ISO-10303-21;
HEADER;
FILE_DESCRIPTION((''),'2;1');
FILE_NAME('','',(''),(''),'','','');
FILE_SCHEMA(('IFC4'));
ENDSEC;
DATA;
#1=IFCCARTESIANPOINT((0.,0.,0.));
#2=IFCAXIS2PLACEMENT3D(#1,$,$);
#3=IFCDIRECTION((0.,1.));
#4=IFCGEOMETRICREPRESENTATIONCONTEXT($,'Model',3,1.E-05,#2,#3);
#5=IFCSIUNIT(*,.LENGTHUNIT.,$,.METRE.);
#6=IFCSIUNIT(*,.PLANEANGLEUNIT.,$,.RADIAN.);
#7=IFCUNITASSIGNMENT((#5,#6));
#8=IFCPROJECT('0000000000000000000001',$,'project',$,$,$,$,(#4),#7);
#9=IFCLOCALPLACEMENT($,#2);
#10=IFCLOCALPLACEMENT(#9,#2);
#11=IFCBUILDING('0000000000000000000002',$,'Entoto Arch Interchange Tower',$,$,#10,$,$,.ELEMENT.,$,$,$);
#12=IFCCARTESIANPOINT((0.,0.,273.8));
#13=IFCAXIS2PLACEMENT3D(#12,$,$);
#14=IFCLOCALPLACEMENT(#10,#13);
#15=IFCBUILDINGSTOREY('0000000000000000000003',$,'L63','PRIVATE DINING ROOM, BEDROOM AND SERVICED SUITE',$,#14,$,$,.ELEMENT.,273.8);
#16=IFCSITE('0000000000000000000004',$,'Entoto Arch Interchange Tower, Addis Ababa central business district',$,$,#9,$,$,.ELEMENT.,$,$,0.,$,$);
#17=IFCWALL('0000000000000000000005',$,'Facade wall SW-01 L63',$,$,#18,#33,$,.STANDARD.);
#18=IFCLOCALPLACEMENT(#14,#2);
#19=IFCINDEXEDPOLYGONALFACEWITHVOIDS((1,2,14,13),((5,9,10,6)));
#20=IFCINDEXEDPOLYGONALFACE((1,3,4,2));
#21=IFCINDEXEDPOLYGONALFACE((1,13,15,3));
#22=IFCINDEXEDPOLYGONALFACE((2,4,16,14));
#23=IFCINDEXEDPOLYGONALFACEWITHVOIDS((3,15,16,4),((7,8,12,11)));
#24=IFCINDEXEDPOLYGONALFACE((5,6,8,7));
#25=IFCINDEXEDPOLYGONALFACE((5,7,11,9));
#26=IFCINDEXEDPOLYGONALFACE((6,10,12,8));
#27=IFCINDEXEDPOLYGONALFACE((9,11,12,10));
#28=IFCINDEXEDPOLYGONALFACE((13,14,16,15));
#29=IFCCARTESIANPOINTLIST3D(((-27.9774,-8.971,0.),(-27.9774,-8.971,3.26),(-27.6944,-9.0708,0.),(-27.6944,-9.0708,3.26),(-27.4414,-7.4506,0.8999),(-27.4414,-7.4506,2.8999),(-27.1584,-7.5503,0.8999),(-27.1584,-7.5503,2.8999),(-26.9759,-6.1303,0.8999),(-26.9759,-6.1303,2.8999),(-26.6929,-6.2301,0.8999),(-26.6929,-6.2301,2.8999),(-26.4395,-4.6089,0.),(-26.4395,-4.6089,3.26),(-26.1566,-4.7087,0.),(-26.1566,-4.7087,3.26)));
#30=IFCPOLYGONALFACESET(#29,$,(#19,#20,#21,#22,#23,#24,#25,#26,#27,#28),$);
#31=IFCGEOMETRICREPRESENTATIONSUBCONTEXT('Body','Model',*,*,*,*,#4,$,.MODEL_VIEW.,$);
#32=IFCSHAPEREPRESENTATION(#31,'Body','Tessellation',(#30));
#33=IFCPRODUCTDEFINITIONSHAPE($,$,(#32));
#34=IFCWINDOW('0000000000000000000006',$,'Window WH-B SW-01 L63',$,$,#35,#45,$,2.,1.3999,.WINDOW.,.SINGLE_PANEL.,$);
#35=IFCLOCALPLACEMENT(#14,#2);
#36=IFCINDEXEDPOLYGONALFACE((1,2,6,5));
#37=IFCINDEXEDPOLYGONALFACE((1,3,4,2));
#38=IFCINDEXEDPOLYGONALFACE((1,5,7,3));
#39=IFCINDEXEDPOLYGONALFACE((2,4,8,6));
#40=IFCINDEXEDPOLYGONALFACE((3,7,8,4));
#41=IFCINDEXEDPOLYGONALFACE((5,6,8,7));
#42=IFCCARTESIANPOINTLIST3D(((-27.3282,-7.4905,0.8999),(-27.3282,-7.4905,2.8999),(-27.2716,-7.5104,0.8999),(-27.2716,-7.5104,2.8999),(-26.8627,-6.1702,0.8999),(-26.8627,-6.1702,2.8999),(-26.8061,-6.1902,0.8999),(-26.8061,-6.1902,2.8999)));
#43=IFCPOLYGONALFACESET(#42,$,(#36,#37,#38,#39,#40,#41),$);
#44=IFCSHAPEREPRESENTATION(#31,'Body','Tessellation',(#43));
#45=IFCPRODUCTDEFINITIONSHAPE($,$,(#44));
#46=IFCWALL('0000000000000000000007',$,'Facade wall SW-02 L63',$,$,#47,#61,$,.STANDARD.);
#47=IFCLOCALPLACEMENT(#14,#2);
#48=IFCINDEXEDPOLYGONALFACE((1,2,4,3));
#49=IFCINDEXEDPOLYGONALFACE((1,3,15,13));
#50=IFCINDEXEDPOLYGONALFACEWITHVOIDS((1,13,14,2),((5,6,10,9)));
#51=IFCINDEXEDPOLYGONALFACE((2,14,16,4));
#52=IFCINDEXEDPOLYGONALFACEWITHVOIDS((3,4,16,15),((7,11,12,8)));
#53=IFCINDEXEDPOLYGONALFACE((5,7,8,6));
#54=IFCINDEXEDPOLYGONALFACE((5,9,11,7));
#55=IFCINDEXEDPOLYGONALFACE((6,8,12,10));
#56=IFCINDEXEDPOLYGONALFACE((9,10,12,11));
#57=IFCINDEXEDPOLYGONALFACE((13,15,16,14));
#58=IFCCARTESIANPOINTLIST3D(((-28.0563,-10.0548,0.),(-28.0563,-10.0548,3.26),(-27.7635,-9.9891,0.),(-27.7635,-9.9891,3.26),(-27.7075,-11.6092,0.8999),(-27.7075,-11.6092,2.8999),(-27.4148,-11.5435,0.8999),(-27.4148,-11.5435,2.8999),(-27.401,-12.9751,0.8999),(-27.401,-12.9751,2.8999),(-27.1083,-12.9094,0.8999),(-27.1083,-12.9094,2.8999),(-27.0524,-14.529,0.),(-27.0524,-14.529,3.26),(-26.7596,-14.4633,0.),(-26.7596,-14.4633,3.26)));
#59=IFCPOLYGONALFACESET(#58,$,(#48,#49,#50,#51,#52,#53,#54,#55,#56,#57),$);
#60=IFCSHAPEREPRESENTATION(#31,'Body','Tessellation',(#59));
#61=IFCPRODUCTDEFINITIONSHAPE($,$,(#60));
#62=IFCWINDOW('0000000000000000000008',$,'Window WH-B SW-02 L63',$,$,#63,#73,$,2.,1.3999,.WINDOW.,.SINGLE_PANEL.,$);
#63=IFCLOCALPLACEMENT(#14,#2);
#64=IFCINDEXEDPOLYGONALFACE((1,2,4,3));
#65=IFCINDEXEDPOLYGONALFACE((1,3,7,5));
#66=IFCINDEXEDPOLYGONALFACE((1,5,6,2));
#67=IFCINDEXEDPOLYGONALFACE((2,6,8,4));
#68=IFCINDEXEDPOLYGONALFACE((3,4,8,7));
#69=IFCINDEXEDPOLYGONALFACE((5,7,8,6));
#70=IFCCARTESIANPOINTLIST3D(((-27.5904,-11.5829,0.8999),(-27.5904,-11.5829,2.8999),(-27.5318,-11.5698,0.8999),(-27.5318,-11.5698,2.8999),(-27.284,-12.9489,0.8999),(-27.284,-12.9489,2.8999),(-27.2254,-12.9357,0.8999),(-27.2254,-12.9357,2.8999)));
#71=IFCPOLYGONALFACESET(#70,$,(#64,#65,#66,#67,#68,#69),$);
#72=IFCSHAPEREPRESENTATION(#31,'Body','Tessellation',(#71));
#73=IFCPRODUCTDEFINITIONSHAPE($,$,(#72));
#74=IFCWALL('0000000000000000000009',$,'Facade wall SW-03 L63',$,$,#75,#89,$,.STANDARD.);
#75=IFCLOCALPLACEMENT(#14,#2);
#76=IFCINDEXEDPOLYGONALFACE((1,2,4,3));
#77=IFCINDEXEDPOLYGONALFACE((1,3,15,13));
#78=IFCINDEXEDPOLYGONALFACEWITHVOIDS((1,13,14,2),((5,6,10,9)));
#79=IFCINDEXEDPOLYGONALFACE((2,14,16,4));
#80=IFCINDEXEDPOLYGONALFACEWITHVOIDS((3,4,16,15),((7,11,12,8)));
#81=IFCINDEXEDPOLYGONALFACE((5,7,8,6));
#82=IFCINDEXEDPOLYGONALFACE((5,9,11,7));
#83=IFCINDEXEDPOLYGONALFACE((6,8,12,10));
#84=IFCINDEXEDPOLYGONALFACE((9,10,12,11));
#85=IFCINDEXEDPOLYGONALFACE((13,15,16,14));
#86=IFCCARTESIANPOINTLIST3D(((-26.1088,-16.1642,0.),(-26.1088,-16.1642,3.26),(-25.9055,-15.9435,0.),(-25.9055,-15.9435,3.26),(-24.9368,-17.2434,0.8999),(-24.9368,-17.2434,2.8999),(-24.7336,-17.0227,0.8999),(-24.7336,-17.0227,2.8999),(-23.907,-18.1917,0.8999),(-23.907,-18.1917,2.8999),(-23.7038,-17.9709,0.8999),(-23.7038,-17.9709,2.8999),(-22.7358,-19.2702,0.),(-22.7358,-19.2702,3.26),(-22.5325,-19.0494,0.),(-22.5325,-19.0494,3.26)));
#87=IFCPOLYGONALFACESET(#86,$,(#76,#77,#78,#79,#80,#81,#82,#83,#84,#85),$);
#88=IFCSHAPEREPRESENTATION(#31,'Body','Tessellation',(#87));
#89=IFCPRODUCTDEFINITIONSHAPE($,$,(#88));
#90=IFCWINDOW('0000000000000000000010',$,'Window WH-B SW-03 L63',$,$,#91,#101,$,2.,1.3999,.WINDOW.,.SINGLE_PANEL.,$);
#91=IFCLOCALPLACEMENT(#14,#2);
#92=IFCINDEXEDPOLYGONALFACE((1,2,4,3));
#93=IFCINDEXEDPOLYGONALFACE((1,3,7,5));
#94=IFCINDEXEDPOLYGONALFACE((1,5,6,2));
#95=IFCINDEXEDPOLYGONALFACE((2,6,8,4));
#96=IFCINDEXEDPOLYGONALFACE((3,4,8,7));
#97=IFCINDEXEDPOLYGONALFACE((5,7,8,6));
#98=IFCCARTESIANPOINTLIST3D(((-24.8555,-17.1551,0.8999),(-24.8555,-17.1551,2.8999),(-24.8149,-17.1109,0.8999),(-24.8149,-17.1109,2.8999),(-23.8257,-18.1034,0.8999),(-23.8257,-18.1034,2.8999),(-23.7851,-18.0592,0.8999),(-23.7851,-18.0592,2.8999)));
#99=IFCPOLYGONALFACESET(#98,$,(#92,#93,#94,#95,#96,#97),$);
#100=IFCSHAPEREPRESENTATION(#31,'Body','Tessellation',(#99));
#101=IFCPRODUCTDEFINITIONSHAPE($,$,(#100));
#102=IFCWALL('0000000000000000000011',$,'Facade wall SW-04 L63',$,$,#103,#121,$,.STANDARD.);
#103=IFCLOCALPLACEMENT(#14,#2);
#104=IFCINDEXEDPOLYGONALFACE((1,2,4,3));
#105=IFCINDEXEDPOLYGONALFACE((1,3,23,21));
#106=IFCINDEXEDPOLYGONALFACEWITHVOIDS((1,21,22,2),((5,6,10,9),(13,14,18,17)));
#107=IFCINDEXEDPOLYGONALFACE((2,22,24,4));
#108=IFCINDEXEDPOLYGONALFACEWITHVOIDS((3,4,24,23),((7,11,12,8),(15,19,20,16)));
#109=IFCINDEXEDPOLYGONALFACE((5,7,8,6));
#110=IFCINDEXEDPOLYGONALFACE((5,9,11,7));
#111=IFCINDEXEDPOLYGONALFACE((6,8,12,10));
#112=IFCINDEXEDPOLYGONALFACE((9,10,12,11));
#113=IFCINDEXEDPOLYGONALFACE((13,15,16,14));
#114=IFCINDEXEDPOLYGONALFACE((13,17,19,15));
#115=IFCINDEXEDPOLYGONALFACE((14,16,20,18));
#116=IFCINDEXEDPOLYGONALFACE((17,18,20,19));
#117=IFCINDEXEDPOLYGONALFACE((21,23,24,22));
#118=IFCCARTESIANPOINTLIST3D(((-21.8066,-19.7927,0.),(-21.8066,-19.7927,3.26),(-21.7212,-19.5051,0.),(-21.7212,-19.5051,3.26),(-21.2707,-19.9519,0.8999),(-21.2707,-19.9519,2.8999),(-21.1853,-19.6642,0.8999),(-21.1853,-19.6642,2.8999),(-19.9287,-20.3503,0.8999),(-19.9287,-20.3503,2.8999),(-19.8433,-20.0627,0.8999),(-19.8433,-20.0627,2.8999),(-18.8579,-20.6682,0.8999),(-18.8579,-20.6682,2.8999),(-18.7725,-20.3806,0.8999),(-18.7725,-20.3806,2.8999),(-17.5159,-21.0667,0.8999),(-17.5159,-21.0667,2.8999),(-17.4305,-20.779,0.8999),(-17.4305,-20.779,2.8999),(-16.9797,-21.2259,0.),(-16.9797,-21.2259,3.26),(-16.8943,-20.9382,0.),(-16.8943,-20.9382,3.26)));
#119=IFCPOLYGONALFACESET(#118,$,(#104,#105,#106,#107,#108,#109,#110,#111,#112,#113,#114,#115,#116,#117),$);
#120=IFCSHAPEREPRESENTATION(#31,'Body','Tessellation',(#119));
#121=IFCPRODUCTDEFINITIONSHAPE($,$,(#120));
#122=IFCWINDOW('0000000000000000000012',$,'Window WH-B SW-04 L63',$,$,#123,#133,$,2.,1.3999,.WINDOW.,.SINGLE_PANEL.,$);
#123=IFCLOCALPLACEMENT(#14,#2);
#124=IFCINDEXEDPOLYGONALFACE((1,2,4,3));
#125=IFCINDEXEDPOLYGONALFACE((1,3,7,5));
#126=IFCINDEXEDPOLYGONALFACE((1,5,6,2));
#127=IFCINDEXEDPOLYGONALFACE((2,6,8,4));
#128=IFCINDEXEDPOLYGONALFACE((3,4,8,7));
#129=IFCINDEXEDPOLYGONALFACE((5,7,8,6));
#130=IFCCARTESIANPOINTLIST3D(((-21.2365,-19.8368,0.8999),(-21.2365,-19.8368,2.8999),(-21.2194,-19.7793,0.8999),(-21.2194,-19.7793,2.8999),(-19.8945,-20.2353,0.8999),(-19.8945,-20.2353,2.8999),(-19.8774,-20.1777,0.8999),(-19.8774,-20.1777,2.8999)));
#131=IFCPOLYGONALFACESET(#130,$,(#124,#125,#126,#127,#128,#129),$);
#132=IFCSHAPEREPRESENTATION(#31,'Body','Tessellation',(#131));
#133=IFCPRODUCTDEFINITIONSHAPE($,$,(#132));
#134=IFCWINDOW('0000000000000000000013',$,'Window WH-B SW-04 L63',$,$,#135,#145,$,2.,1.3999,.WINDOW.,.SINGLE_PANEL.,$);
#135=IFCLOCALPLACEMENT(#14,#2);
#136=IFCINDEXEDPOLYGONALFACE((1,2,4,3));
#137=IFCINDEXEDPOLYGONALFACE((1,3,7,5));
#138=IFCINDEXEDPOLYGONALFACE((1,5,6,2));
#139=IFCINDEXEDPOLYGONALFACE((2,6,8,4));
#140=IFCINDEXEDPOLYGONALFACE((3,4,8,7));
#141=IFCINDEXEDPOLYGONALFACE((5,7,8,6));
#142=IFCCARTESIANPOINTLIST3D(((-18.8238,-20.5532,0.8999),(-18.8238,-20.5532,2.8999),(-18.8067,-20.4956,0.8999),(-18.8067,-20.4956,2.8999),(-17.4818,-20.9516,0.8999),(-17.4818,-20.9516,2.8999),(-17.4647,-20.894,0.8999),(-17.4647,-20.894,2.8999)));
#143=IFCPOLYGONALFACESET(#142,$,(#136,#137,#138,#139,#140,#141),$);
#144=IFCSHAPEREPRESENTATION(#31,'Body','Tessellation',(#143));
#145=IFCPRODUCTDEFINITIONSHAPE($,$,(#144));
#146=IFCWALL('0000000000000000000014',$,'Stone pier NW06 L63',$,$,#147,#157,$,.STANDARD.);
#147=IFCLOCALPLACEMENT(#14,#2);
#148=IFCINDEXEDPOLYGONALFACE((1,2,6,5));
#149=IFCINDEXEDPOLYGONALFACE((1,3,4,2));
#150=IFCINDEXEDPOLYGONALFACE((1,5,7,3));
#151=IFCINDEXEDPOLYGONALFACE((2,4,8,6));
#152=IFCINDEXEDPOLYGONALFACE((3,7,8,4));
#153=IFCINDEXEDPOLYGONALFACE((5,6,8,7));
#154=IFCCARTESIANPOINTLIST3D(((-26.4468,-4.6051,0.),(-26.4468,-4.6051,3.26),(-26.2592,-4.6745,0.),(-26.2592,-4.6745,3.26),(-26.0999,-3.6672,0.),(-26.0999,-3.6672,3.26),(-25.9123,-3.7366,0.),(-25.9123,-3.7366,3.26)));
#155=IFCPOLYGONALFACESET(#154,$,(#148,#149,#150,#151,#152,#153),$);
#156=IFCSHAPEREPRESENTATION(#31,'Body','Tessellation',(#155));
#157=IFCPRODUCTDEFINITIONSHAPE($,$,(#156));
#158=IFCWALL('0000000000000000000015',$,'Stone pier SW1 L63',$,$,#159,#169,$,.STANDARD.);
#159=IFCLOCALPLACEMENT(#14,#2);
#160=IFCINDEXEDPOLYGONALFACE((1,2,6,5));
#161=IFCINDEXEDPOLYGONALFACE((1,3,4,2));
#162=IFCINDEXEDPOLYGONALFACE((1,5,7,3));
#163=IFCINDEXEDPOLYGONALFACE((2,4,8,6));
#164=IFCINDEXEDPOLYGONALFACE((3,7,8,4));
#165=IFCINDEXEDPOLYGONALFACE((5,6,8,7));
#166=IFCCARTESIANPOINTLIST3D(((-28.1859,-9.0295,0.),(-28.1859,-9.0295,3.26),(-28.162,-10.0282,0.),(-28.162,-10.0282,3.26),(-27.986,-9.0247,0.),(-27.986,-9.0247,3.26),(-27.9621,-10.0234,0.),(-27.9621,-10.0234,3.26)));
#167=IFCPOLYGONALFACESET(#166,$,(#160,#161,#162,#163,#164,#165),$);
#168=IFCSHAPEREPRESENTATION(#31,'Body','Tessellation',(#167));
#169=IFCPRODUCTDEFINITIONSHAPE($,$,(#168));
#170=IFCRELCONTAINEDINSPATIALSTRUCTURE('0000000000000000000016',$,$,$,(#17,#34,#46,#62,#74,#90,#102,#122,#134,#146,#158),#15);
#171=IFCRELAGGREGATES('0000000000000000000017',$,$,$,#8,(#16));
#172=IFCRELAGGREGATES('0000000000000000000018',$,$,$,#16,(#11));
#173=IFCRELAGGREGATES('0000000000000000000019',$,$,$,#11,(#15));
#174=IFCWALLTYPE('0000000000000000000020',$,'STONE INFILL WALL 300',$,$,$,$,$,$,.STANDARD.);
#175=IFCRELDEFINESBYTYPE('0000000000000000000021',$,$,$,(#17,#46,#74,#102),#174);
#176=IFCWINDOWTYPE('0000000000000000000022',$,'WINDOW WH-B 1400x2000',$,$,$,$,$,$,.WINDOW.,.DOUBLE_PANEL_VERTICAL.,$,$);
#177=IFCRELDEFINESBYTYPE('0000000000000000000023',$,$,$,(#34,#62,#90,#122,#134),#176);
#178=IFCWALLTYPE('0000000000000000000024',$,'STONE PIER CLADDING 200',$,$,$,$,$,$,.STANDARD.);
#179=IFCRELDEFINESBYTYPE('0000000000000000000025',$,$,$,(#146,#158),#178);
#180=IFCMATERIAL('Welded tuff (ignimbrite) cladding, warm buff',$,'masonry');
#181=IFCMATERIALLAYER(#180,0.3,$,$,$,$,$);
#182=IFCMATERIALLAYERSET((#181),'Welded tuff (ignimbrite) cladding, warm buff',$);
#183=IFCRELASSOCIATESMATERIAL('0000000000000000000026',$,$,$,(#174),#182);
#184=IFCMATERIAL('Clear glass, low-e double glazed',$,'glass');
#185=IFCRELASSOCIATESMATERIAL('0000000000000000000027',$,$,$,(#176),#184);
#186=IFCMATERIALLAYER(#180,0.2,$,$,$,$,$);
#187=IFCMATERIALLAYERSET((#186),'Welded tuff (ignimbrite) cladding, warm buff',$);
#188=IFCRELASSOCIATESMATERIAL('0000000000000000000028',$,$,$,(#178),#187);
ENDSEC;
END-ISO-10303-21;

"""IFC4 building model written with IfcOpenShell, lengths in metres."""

from ifc_helpers import new_model, si_unit, direction, frame, frame_2d, origin, place, context, subcontext, project, spatial, rectangle, extrude, material, layer, layer_set, type_object, element, fill, save


model = new_model("IFC4")

# Units and contexts
model_context = context("Model", 3, precision=1e-05, world=origin(), true_north=direction((0.0, 1.0)))
body_context = subcontext(model_context, "Body", "Model", "MODEL_VIEW")
ifc_project = project(units=[si_unit("LENGTHUNIT", "METRE"), si_unit("PLANEANGLEUNIT", "RADIAN")], contexts=[model_context])

# Site, building, storey
site_placement = place(None, origin())
site = spatial("IfcSite", under=ifc_project, at=site_placement, Name="Entoto Arch Interchange Tower, Addis Ababa central business district", CompositionType="ELEMENT", RefElevation=0.0)
building_placement = place(site_placement, origin())
building = spatial("IfcBuilding", under=site, at=building_placement, Name="Entoto Arch Interchange Tower", CompositionType="ELEMENT")
storey_placement = place(building_placement, frame((0.0, 0.0, 273.8)))
storey = spatial("IfcBuildingStorey", under=building, at=storey_placement, Name="L63", Description="PRIVATE DINING ROOM, BEDROOM AND SERVICED SUITE", CompositionType="ELEMENT", Elevation=273.8)

# Walls, openings, windows
ifc_material_1 = material(Name="Welded tuff (ignimbrite) cladding, warm buff", Category="masonry")
ifc_layer_1 = layer(ifc_material_1, 0.3)
ifc_layer_set_1 = layer_set([ifc_layer_1], Name="Welded tuff (ignimbrite) cladding, warm buff")
wall_type_1 = type_object("IfcWallType", Name="STONE INFILL WALL 300", PredefinedType="STANDARD", material=ifc_layer_set_1)
wall_1_placement = place(storey_placement, frame((-26.2981, -4.6589, 0.0), z_axis=(0.0, 0.0, 1.0), x_axis=(-0.332492, -0.943106, 0.0)))
wall_1 = element("IfcWall", 1, at=wall_1_placement, inside=storey, type_object=wall_type_1, Name="Facade wall SW-01 L63", PredefinedType="STANDARD", context=body_context, shape_type="SweptSolid", body=[
    extrude(rectangle(XDim=4.6252, YDim=0.3, at=frame_2d((2.3125, 0.0))), origin(), (0.0, 0.0, 1.0), 3.26),
])
opening_1_placement = place(wall_1_placement, frame((1.613, 0.0, 0.8999)))
opening_1 = element("IfcOpeningElement", 2, at=opening_1_placement, cuts=wall_1, PredefinedType="OPENING", context=body_context, shape_type="SweptSolid", body=[
    extrude(rectangle(XDim=1.3999, YDim=2.0, at=frame_2d((0.7, 1.0))), frame((0.0, 0.1602, 0.0), z_axis=(0.0, -1.0, 0.0), x_axis=(1.0, 0.0, 0.0)), (0.0, 0.0, 1.0), 0.3201),
])
ifc_material_2 = material(Name="Clear glass, low-e double glazed", Category="glass")
window_type = type_object("IfcWindowType", Name="WINDOW WH-B 1400x2000", PartitioningType="DOUBLE_PANEL_VERTICAL", PredefinedType="WINDOW", material=ifc_material_2)
window_1_placement = place(opening_1_placement, origin())
window_1 = element("IfcWindow", 3, at=window_1_placement, inside=storey, type_object=window_type, Name="Window WH-B SW-01 L63", OverallHeight=2.0, OverallWidth=1.3999, PartitioningType="SINGLE_PANEL", PredefinedType="WINDOW", context=body_context, shape_type="SweptSolid", body=[
    extrude(rectangle(XDim=1.3999, YDim=2.0, at=frame_2d((0.7, 1.0))), frame((0.0, 0.03, 0.0), z_axis=(0.0, -1.0, 0.0), x_axis=(1.0, 0.0, 0.0)), (0.0, 0.0, 1.0), 0.0601),
])
fill(opening_1, window_1)
wall_2_placement = place(storey_placement, frame((-27.9099, -10.022, 0.0), z_axis=(0.0, 0.0, 1.0), x_axis=(0.218937, -0.975739, 0.0)))
wall_2 = element("IfcWall", 4, at=wall_2_placement, inside=storey, type_object=wall_type_1, Name="Facade wall SW-02 L63", PredefinedType="STANDARD", context=body_context, shape_type="SweptSolid", body=[
    extrude(rectangle(XDim=4.5854, YDim=0.3, at=frame_2d((2.2927, 0.0))), origin(), (0.0, 0.0, 1.0), 3.26),
])
opening_2_placement = place(wall_2_placement, frame((1.593, 0.0, 0.8999)))
opening_2 = element("IfcOpeningElement", 5, at=opening_2_placement, cuts=wall_2, PredefinedType="OPENING", context=body_context, shape_type="SweptSolid", body=[
    extrude(rectangle(XDim=1.3999, YDim=2.0, at=frame_2d((0.7, 1.0))), frame((0.0, 0.1602, 0.0), z_axis=(0.0, -1.0, 0.0), x_axis=(1.0, 0.0, 0.0)), (0.0, 0.0, 1.0), 0.3201),
])
window_2_placement = place(opening_2_placement, origin())
window_2 = element("IfcWindow", 6, at=window_2_placement, inside=storey, type_object=window_type, Name="Window WH-B SW-02 L63", OverallHeight=2.0, OverallWidth=1.3999, PartitioningType="SINGLE_PANEL", PredefinedType="WINDOW", context=body_context, shape_type="SweptSolid", body=[
    extrude(rectangle(XDim=1.3999, YDim=2.0, at=frame_2d((0.7, 1.0))), frame((0.0, 0.03, 0.0), z_axis=(0.0, -1.0, 0.0), x_axis=(1.0, 0.0, 0.0)), (0.0, 0.0, 1.0), 0.0601),
])
fill(opening_2, window_2)
wall_3_placement = place(storey_placement, frame((-26.0071, -16.054, 0.0), z_axis=(0.0, 0.0, 1.0), x_axis=(0.735632, -0.677382, 0.0)))
wall_3 = element("IfcWall", 7, at=wall_3_placement, inside=storey, type_object=wall_type_1, Name="Facade wall SW-03 L63", PredefinedType="STANDARD", context=body_context, shape_type="SweptSolid", body=[
    extrude(rectangle(XDim=4.5852, YDim=0.3, at=frame_2d((2.2925, 0.0))), origin(), (0.0, 0.0, 1.0), 3.26),
])
opening_3_placement = place(wall_3_placement, frame((1.593, 0.0, 0.8999)))
opening_3 = element("IfcOpeningElement", 8, at=opening_3_placement, cuts=wall_3, PredefinedType="OPENING", context=body_context, shape_type="SweptSolid", body=[
    extrude(rectangle(XDim=1.3999, YDim=2.0, at=frame_2d((0.7, 1.0))), frame((0.0, 0.1602, 0.0), z_axis=(0.0, -1.0, 0.0), x_axis=(1.0, 0.0, 0.0)), (0.0, 0.0, 1.0), 0.3201),
])
window_3_placement = place(opening_3_placement, origin())
window_3 = element("IfcWindow", 9, at=window_3_placement, inside=storey, type_object=window_type, Name="Window WH-B SW-03 L63", OverallHeight=2.0, OverallWidth=1.3999, PartitioningType="SINGLE_PANEL", PredefinedType="WINDOW", context=body_context, shape_type="SweptSolid", body=[
    extrude(rectangle(XDim=1.3999, YDim=2.0, at=frame_2d((0.7, 1.0))), frame((0.0, 0.03, 0.0), z_axis=(0.0, -1.0, 0.0), x_axis=(1.0, 0.0, 0.0)), (0.0, 0.0, 1.0), 0.0601),
])
fill(opening_3, window_3)

# Wall, openings, windows
wall_4_placement = place(storey_placement, frame((-21.7639, -19.6489, 0.0), z_axis=(0.0, 0.0, 1.0), x_axis=(0.95864, -0.28462, 0.0)))
wall_4 = element("IfcWall", 10, at=wall_4_placement, inside=storey, type_object=wall_type_1, Name="Facade wall SW-04 L63", PredefinedType="STANDARD", context=body_context, shape_type="SweptSolid", body=[
    extrude(rectangle(XDim=5.0352, YDim=0.3, at=frame_2d((2.5176, 0.0))), origin(), (0.0, 0.0, 1.0), 3.26),
])
opening_4_placement = place(wall_4_placement, frame((0.5591, 0.0, 0.8999)))
opening_4 = element("IfcOpeningElement", 11, at=opening_4_placement, cuts=wall_4, PredefinedType="OPENING", context=body_context, shape_type="SweptSolid", body=[
    extrude(rectangle(XDim=1.3999, YDim=2.0, at=frame_2d((0.7, 1.0))), frame((0.0, 0.1602, 0.0), z_axis=(0.0, -1.0, 0.0), x_axis=(1.0, 0.0, 0.0)), (0.0, 0.0, 1.0), 0.3201),
])
opening_5_placement = place(wall_4_placement, frame((3.0759, 0.0, 0.8999)))
opening_5 = element("IfcOpeningElement", 12, at=opening_5_placement, cuts=wall_4, PredefinedType="OPENING", context=body_context, shape_type="SweptSolid", body=[
    extrude(rectangle(XDim=1.3999, YDim=2.0, at=frame_2d((0.7, 1.0))), frame((0.0, 0.1602, 0.0), z_axis=(0.0, -1.0, 0.0), x_axis=(1.0, 0.0, 0.0)), (0.0, 0.0, 1.0), 0.3201),
])
window_4_placement = place(opening_4_placement, origin())
window_4 = element("IfcWindow", 13, at=window_4_placement, inside=storey, type_object=window_type, Name="Window WH-B SW-04 L63", OverallHeight=2.0, OverallWidth=1.3999, PartitioningType="SINGLE_PANEL", PredefinedType="WINDOW", context=body_context, shape_type="SweptSolid", body=[
    extrude(rectangle(XDim=1.3999, YDim=2.0, at=frame_2d((0.7, 1.0))), frame((0.0, 0.03, 0.0), z_axis=(0.0, -1.0, 0.0), x_axis=(1.0, 0.0, 0.0)), (0.0, 0.0, 1.0), 0.0601),
])
fill(opening_4, window_4)
window_5_placement = place(opening_5_placement, origin())
window_5 = element("IfcWindow", 14, at=window_5_placement, inside=storey, type_object=window_type, Name="Window WH-B SW-04 L63", OverallHeight=2.0, OverallWidth=1.3999, PartitioningType="SINGLE_PANEL", PredefinedType="WINDOW", context=body_context, shape_type="SweptSolid", body=[
    extrude(rectangle(XDim=1.3999, YDim=2.0, at=frame_2d((0.7, 1.0))), frame((0.0, 0.03, 0.0), z_axis=(0.0, -1.0, 0.0), x_axis=(1.0, 0.0, 0.0)), (0.0, 0.0, 1.0), 0.0601),
])
fill(opening_5, window_5)

# Walls
ifc_layer_2 = layer(ifc_material_1, 0.2)
ifc_layer_set_2 = layer_set([ifc_layer_2], Name="Welded tuff (ignimbrite) cladding, warm buff")
wall_type_2 = type_object("IfcWallType", Name="STONE PIER CLADDING 200", PredefinedType="STANDARD", material=ifc_layer_set_2)
wall_5_placement = place(storey_placement, frame((-26.0061, -3.7019, 0.0), z_axis=(0.0, 0.0, 1.0), x_axis=(-0.346893, -0.937905, 0.0)))
element("IfcWall", 15, at=wall_5_placement, inside=storey, type_object=wall_type_2, Name="Stone pier NW06 L63", PredefinedType="STANDARD", context=body_context, shape_type="SweptSolid", body=[
    extrude(rectangle(XDim=1.0, YDim=0.2, at=frame_2d((0.5, 0.0))), origin(), (0.0, 0.0, 1.0), 3.26),
])
wall_6_placement = place(storey_placement, frame((-28.0859, -9.0271, 0.0), z_axis=(0.0, 0.0, 1.0), x_axis=(0.023948, -0.999713, 0.0)))
element("IfcWall", 16, at=wall_6_placement, inside=storey, type_object=wall_type_2, Name="Stone pier SW1 L63", PredefinedType="STANDARD", context=body_context, shape_type="SweptSolid", body=[
    extrude(rectangle(XDim=0.999, YDim=0.2, at=frame_2d((0.4995, 0.0))), origin(), (0.0, 0.0, 1.0), 3.26),
])

save(model, "model.ifc")
